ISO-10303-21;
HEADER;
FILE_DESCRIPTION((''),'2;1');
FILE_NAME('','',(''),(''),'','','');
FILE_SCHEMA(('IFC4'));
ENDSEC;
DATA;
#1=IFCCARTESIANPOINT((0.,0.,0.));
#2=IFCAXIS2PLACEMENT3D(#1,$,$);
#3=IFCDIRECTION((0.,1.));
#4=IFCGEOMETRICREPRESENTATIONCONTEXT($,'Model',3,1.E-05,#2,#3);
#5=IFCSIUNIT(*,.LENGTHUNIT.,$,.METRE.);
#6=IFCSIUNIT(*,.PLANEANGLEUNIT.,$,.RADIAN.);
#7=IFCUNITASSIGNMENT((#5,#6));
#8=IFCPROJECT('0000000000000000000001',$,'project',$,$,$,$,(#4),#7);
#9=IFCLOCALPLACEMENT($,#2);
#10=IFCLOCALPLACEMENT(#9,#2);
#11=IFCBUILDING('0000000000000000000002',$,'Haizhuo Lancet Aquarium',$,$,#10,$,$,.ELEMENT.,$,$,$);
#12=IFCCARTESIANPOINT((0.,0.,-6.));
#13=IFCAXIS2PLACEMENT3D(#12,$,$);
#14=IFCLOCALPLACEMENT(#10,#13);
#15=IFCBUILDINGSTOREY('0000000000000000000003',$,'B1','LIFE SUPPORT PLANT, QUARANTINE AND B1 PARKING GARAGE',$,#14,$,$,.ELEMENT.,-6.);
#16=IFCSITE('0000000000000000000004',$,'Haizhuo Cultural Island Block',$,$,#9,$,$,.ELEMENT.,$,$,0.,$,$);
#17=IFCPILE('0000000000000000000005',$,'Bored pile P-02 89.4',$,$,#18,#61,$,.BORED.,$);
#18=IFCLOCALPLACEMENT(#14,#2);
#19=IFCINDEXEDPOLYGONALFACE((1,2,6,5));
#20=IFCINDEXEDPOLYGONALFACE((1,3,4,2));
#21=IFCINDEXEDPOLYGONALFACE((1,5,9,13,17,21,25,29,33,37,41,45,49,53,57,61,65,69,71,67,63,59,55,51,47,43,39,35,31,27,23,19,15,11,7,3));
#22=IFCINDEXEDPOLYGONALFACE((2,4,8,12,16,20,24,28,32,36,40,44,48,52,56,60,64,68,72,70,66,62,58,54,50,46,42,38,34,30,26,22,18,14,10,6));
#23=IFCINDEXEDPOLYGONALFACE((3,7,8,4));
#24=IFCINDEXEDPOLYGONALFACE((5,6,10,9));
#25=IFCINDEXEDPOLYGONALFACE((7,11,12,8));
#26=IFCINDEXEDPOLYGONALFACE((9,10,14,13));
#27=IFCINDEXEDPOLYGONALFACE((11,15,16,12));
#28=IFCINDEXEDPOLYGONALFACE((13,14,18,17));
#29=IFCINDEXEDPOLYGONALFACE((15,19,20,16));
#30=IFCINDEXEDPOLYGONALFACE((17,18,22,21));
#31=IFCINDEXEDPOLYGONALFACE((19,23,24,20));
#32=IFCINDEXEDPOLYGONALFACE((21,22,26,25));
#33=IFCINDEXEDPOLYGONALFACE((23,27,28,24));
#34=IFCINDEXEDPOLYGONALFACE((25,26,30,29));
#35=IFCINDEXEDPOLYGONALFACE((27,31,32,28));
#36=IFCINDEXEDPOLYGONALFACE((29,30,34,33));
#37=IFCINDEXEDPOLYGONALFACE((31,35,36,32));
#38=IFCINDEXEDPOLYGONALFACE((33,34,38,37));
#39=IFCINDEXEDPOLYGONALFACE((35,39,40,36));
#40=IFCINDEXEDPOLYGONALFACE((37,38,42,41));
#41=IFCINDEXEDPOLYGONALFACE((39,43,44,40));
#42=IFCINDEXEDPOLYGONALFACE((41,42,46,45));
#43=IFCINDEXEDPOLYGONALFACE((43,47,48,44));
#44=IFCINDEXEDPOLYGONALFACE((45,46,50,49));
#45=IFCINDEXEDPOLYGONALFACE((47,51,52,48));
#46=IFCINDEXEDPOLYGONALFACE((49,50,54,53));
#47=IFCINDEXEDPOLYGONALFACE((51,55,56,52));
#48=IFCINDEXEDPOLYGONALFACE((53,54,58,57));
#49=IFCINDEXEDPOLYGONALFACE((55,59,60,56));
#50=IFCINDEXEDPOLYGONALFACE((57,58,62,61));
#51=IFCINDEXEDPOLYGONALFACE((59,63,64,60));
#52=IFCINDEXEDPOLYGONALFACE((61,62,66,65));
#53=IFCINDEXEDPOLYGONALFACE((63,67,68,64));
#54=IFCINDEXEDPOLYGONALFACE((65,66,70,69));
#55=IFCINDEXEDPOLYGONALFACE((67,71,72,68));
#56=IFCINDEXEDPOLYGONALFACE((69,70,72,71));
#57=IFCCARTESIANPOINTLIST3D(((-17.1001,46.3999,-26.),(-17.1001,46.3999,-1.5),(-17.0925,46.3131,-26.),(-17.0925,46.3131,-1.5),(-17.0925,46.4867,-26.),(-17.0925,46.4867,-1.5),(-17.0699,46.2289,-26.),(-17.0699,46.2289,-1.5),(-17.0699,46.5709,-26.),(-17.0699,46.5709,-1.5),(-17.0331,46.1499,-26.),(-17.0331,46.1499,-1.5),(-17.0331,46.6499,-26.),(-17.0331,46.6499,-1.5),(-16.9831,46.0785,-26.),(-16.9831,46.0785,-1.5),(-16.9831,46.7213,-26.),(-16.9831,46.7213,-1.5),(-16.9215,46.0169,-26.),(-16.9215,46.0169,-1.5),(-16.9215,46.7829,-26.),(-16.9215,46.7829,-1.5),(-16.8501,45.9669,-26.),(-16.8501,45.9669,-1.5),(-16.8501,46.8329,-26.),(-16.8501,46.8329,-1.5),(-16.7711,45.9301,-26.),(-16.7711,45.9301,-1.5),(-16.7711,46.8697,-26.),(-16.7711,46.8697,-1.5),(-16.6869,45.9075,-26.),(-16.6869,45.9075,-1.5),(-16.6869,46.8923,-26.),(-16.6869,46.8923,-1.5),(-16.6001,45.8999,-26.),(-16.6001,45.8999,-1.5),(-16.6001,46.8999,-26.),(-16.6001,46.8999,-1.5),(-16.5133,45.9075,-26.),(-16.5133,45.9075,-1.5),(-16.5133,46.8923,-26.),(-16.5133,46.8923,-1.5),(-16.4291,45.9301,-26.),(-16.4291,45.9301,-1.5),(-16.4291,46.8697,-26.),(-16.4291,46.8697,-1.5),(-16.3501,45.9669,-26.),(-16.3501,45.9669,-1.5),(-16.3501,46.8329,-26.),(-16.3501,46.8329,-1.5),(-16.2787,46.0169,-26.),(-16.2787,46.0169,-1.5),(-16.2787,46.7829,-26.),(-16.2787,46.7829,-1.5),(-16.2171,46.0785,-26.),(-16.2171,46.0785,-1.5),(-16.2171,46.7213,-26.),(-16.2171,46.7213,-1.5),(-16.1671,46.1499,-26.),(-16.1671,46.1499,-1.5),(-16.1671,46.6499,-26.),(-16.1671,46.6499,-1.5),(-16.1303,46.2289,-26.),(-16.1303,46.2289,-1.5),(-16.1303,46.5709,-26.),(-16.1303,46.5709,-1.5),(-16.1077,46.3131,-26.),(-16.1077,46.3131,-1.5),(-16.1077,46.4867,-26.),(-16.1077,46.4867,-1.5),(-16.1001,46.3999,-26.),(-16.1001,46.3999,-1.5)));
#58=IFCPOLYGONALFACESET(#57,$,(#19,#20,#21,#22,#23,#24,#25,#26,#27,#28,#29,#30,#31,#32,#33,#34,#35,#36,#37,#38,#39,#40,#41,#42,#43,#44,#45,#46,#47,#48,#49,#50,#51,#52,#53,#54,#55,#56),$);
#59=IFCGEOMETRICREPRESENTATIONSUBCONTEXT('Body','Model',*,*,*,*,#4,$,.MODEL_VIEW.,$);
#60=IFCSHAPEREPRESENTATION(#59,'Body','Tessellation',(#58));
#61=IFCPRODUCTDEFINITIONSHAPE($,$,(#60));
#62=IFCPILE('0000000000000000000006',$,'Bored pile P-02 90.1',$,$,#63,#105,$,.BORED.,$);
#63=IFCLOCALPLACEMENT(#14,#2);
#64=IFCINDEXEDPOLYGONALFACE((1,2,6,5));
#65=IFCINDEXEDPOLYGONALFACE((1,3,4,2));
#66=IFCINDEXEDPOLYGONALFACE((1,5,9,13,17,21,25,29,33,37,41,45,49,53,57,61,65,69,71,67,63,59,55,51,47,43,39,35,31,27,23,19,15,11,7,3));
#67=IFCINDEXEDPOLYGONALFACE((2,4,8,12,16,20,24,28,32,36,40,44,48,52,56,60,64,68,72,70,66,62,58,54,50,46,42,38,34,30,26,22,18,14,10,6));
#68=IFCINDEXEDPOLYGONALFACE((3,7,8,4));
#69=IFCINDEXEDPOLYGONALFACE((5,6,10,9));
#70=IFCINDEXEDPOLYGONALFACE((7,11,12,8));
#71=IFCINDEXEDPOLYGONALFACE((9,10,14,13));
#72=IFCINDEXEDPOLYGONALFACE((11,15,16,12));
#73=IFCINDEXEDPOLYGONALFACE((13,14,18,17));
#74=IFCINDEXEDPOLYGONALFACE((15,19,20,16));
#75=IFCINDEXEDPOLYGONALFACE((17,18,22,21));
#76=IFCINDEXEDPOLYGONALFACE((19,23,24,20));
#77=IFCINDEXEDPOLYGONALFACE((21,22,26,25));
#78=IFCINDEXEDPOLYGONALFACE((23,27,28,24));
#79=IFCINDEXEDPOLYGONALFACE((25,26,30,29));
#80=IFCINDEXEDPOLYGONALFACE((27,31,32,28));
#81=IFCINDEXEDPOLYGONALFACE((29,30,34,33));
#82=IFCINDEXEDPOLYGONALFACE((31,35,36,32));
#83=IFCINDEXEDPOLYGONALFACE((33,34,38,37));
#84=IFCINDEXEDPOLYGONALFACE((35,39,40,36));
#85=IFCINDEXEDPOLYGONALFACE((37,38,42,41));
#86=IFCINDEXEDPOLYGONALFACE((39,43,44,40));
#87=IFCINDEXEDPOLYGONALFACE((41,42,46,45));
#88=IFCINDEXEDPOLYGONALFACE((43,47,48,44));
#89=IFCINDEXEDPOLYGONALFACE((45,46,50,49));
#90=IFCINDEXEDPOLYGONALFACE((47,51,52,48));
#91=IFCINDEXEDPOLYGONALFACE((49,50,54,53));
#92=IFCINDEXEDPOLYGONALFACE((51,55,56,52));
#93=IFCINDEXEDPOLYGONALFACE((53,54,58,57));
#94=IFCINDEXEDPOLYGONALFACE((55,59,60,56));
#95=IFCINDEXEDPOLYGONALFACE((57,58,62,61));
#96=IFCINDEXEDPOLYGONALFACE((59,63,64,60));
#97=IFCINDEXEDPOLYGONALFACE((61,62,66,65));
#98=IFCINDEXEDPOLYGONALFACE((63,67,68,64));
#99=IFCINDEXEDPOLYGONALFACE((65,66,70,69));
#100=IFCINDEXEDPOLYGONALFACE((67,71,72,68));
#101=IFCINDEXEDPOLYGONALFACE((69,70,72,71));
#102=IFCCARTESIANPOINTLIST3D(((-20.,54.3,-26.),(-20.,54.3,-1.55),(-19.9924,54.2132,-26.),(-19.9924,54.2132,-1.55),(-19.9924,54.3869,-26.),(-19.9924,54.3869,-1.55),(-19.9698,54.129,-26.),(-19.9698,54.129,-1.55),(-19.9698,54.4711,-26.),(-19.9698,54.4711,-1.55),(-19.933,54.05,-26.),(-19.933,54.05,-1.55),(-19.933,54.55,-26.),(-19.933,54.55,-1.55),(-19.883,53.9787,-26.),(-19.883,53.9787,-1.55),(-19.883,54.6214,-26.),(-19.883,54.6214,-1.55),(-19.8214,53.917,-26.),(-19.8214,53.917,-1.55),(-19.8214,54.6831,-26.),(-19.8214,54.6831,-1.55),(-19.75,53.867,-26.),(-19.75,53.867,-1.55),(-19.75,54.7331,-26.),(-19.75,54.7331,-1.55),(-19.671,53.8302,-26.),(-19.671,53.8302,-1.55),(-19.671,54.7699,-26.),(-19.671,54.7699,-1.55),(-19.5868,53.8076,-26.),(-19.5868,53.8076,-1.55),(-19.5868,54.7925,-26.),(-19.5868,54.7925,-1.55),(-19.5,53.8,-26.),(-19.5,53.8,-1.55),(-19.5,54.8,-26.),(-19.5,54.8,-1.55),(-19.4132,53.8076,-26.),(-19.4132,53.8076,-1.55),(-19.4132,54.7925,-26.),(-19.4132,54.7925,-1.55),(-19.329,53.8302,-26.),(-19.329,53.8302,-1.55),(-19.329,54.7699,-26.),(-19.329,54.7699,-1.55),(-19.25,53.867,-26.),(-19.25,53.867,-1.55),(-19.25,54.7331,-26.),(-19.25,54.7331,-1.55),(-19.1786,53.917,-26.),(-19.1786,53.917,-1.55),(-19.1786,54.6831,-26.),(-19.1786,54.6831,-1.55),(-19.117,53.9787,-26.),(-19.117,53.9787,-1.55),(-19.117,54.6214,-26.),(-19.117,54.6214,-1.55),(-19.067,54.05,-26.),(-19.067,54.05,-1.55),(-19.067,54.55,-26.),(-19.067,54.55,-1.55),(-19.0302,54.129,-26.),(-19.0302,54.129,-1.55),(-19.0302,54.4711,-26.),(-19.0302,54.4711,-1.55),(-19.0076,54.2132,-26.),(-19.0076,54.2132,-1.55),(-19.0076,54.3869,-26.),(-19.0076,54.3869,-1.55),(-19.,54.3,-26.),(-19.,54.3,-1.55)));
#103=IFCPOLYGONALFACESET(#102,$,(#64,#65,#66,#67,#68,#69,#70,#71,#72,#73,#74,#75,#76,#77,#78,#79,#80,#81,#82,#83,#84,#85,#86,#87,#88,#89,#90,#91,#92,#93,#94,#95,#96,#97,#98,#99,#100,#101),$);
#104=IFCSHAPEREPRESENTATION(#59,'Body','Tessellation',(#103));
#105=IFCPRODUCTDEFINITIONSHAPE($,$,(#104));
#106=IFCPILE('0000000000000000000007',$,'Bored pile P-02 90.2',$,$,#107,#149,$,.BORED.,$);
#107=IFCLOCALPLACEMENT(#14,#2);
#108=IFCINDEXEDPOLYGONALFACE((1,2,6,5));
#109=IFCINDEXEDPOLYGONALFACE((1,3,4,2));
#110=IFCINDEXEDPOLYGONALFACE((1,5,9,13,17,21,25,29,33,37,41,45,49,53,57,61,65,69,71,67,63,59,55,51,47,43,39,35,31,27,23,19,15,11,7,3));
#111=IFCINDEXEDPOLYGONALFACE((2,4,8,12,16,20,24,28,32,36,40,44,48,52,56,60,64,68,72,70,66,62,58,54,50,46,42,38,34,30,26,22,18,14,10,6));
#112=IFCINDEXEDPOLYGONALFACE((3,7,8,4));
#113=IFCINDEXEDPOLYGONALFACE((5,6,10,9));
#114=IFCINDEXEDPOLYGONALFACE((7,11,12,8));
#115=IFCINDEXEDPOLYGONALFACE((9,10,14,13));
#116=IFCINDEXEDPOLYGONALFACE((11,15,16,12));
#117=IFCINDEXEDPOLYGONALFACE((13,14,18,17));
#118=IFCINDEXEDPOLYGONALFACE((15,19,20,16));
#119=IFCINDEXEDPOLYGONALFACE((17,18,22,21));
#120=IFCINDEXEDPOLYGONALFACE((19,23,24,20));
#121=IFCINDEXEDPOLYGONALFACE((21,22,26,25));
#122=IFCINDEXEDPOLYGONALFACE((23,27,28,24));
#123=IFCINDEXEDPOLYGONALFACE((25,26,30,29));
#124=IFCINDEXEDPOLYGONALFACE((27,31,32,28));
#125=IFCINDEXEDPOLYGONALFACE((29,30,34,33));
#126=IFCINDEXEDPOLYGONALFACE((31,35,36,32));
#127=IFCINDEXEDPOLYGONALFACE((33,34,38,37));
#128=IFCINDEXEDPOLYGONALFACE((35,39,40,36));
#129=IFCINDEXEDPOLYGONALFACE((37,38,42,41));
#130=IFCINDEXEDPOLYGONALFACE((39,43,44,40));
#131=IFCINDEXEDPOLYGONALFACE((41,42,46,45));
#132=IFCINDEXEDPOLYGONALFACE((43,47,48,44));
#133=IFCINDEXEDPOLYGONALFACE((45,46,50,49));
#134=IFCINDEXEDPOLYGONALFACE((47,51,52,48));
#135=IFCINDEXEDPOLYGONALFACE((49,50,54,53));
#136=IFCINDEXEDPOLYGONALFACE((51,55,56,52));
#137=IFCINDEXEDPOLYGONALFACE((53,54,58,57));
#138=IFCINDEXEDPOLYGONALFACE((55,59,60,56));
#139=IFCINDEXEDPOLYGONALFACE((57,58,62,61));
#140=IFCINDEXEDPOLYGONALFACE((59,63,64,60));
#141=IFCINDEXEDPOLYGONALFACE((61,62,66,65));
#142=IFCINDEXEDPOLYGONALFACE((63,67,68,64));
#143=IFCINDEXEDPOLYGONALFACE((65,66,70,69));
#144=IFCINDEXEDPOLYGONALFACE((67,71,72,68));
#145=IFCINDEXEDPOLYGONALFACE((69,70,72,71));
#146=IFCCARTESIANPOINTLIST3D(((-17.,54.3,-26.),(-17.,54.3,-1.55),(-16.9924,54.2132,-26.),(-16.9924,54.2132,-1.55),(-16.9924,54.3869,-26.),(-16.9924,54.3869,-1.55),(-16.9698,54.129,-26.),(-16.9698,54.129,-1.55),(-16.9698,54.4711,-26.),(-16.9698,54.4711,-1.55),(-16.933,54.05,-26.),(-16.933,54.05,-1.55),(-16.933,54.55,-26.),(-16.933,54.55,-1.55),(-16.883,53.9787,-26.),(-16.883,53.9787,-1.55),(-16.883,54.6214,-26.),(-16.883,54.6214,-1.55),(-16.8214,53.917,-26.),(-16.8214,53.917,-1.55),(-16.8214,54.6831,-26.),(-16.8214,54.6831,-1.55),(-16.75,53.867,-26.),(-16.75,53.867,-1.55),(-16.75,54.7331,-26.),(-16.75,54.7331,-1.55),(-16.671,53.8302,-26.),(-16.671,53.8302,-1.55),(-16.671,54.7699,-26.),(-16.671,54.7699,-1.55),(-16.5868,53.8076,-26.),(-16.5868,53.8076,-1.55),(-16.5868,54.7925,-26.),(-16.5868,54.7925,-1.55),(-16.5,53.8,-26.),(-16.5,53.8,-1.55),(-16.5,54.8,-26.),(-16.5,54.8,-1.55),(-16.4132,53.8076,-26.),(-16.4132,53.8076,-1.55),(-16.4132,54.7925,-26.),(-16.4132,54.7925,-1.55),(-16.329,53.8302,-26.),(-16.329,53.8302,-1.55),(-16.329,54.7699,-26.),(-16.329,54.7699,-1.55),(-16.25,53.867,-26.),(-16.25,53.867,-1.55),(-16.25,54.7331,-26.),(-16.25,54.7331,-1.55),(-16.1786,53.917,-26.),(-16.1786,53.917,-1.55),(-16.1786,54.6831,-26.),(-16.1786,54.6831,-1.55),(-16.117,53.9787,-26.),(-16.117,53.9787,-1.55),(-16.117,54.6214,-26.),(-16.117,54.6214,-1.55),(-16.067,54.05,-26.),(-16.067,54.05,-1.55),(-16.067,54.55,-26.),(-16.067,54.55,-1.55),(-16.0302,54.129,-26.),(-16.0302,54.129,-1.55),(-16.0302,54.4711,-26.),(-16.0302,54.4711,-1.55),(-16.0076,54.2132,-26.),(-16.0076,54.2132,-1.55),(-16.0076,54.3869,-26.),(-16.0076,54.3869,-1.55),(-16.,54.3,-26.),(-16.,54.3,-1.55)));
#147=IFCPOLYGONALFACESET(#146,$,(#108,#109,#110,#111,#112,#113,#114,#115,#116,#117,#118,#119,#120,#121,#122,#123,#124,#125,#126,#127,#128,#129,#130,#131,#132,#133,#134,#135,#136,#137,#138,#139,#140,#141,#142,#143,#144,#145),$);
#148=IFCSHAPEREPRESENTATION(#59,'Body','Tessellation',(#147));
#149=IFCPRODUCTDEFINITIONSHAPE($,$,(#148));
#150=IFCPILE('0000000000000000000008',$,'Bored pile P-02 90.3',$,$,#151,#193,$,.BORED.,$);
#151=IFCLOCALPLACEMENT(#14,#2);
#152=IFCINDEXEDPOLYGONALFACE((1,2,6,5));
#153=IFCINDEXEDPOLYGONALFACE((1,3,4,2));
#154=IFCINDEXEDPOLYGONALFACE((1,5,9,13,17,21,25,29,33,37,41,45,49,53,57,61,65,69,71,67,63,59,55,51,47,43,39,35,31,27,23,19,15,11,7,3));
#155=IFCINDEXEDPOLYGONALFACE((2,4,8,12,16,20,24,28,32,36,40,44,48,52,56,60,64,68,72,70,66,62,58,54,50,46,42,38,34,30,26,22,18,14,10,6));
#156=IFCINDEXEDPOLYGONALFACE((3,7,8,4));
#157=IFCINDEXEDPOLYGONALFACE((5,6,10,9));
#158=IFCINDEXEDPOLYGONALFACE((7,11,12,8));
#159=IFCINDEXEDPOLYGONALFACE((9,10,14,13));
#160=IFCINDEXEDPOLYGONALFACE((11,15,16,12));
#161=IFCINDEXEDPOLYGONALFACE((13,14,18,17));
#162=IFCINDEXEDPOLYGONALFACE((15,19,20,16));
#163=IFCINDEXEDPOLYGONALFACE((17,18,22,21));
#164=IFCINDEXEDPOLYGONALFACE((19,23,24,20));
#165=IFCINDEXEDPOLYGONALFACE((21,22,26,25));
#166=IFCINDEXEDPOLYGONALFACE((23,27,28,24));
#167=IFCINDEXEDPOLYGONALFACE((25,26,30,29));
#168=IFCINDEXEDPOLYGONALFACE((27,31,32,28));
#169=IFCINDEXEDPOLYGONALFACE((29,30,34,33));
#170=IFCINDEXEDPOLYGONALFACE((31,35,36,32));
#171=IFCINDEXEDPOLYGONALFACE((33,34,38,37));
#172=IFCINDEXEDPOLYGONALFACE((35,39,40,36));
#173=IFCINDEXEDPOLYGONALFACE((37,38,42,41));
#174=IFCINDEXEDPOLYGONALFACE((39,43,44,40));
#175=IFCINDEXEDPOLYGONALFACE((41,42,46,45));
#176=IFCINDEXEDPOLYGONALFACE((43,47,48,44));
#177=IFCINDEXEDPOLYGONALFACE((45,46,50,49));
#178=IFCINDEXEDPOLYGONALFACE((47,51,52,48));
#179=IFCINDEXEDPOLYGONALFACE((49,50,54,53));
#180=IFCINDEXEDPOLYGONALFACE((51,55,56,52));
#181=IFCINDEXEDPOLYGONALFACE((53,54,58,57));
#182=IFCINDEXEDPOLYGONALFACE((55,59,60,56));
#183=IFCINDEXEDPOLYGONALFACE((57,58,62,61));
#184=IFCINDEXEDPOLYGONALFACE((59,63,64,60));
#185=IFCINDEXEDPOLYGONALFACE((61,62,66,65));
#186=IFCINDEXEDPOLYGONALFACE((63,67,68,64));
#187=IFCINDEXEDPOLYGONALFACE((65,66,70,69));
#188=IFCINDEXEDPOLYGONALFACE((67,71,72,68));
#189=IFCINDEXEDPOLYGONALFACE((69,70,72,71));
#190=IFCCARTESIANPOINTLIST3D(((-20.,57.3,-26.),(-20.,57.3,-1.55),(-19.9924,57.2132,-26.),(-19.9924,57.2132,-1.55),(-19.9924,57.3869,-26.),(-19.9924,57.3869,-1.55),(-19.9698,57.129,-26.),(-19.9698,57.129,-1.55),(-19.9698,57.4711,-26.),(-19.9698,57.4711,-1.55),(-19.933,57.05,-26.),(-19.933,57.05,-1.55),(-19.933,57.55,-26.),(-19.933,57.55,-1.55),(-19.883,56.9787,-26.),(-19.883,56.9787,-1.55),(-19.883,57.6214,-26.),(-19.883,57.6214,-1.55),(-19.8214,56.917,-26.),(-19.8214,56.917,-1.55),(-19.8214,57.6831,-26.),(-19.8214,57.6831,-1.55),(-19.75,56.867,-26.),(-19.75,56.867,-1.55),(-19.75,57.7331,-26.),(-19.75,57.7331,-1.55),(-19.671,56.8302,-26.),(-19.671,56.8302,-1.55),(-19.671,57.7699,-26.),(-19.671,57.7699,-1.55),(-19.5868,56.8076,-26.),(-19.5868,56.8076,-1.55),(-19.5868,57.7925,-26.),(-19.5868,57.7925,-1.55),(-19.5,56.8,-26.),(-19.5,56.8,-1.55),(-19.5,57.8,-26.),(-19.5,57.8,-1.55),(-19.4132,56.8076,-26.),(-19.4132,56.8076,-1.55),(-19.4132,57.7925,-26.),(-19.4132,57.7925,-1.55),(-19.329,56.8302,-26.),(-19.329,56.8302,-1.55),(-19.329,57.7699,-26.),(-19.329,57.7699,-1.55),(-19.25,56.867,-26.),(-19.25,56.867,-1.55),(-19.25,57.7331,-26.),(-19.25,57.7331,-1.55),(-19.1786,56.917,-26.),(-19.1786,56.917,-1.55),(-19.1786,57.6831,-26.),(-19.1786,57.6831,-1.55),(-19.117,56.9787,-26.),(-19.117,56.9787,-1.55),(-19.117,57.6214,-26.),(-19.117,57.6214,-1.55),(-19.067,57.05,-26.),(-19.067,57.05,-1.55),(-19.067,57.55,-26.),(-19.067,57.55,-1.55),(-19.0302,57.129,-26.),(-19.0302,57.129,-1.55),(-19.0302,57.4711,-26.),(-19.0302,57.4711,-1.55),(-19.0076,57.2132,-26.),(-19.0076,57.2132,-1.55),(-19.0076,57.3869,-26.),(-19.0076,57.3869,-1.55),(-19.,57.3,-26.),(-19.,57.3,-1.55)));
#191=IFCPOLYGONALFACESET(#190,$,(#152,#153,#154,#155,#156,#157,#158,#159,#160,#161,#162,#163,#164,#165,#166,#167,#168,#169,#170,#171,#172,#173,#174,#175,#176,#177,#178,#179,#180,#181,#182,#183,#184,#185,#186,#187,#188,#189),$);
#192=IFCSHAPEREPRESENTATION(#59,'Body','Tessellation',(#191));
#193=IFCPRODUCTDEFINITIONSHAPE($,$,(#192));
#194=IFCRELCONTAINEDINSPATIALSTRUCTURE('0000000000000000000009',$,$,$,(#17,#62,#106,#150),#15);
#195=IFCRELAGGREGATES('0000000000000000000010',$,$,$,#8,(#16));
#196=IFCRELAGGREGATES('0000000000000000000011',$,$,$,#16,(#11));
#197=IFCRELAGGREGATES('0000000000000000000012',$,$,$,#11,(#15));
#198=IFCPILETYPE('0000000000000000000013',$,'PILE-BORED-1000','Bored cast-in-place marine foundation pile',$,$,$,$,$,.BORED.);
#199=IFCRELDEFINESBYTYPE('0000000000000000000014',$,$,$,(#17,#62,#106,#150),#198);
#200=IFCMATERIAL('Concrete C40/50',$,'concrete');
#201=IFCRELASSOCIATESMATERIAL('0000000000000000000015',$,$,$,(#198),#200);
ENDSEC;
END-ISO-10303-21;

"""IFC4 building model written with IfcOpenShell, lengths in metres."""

from ifc_helpers import new_model, si_unit, direction, frame, origin, origin_2d, place, context, subcontext, project, spatial, circle, extrude, material, material_profile, profile_set, type_object, element, save


model = new_model("IFC4")

# Units and contexts
model_context = context("Model", 3, precision=1e-05, world=origin(), true_north=direction((0.0, 1.0)))
body_context = subcontext(model_context, "Body", "Model", "MODEL_VIEW")
ifc_project = project(units=[si_unit("LENGTHUNIT", "METRE"), si_unit("PLANEANGLEUNIT", "RADIAN")], contexts=[model_context])

# Site, building, storey
site_placement = place(None, origin())
site = spatial("IfcSite", under=ifc_project, at=site_placement, Name="Haizhuo Cultural Island Block", CompositionType="ELEMENT", RefElevation=0.0)
building_placement = place(site_placement, origin())
building = spatial("IfcBuilding", under=site, at=building_placement, Name="Haizhuo Lancet Aquarium", CompositionType="ELEMENT")
storey_placement = place(building_placement, frame((0.0, 0.0, -6.0)))
storey = spatial("IfcBuildingStorey", under=building, at=storey_placement, Name="B1", Description="LIFE SUPPORT PLANT, QUARANTINE AND B1 PARKING GARAGE", CompositionType="ELEMENT", Elevation=-6.0)

# Shared definitions
ifc_material_1 = material(Name="Concrete C40/50", Category="concrete")

# Piles
ifc_material_profile_1 = material_profile(ifc_material_1, circle(Radius=0.5, at=origin_2d()), Name="PILE-1000")
ifc_profile_set_1 = profile_set([ifc_material_profile_1], Name="Concrete C40/50")
pile_type = type_object("IfcPileType", Name="PILE-BORED-1000", Description="Bored cast-in-place marine foundation pile", PredefinedType="BORED", material=ifc_profile_set_1)
for number, where, z_axis, x_axis, name in (
    (1, (-16.6001, 46.3999, -1.5), (0.0, 0.0, -1.0), (1.0, 0.0, 0.0), "Bored pile P-02 89.4"),
):
    element("IfcPile", number, at=place(storey_placement, frame(where, z_axis=z_axis, x_axis=x_axis)), inside=storey, type_object=pile_type, Name=name, PredefinedType="BORED", context=body_context, shape_type="SweptSolid", body=[
        extrude(circle(Radius=0.5, at=origin_2d()), origin(), (0.0, 0.0, 1.0), 24.5),
    ])
for number, where, z_axis, x_axis, name in (
    (2, (-19.5, 54.3, -1.55), (0.0, 0.0, -1.0), (1.0, 0.0, 0.0), "Bored pile P-02 90.1"),
    (3, (-16.5, 54.3, -1.55), (0.0, 0.0, -1.0), (1.0, 0.0, 0.0), "Bored pile P-02 90.2"),
    (4, (-19.5, 57.3, -1.55), (0.0, 0.0, -1.0), (1.0, 0.0, 0.0), "Bored pile P-02 90.3"),
):
    element("IfcPile", number, at=place(storey_placement, frame(where, z_axis=z_axis, x_axis=x_axis)), inside=storey, type_object=pile_type, Name=name, PredefinedType="BORED", context=body_context, shape_type="SweptSolid", body=[
        extrude(circle(Radius=0.5, at=origin_2d()), origin(), (0.0, 0.0, 1.0), 24.45),
    ])

save(model, "model.ifc")
